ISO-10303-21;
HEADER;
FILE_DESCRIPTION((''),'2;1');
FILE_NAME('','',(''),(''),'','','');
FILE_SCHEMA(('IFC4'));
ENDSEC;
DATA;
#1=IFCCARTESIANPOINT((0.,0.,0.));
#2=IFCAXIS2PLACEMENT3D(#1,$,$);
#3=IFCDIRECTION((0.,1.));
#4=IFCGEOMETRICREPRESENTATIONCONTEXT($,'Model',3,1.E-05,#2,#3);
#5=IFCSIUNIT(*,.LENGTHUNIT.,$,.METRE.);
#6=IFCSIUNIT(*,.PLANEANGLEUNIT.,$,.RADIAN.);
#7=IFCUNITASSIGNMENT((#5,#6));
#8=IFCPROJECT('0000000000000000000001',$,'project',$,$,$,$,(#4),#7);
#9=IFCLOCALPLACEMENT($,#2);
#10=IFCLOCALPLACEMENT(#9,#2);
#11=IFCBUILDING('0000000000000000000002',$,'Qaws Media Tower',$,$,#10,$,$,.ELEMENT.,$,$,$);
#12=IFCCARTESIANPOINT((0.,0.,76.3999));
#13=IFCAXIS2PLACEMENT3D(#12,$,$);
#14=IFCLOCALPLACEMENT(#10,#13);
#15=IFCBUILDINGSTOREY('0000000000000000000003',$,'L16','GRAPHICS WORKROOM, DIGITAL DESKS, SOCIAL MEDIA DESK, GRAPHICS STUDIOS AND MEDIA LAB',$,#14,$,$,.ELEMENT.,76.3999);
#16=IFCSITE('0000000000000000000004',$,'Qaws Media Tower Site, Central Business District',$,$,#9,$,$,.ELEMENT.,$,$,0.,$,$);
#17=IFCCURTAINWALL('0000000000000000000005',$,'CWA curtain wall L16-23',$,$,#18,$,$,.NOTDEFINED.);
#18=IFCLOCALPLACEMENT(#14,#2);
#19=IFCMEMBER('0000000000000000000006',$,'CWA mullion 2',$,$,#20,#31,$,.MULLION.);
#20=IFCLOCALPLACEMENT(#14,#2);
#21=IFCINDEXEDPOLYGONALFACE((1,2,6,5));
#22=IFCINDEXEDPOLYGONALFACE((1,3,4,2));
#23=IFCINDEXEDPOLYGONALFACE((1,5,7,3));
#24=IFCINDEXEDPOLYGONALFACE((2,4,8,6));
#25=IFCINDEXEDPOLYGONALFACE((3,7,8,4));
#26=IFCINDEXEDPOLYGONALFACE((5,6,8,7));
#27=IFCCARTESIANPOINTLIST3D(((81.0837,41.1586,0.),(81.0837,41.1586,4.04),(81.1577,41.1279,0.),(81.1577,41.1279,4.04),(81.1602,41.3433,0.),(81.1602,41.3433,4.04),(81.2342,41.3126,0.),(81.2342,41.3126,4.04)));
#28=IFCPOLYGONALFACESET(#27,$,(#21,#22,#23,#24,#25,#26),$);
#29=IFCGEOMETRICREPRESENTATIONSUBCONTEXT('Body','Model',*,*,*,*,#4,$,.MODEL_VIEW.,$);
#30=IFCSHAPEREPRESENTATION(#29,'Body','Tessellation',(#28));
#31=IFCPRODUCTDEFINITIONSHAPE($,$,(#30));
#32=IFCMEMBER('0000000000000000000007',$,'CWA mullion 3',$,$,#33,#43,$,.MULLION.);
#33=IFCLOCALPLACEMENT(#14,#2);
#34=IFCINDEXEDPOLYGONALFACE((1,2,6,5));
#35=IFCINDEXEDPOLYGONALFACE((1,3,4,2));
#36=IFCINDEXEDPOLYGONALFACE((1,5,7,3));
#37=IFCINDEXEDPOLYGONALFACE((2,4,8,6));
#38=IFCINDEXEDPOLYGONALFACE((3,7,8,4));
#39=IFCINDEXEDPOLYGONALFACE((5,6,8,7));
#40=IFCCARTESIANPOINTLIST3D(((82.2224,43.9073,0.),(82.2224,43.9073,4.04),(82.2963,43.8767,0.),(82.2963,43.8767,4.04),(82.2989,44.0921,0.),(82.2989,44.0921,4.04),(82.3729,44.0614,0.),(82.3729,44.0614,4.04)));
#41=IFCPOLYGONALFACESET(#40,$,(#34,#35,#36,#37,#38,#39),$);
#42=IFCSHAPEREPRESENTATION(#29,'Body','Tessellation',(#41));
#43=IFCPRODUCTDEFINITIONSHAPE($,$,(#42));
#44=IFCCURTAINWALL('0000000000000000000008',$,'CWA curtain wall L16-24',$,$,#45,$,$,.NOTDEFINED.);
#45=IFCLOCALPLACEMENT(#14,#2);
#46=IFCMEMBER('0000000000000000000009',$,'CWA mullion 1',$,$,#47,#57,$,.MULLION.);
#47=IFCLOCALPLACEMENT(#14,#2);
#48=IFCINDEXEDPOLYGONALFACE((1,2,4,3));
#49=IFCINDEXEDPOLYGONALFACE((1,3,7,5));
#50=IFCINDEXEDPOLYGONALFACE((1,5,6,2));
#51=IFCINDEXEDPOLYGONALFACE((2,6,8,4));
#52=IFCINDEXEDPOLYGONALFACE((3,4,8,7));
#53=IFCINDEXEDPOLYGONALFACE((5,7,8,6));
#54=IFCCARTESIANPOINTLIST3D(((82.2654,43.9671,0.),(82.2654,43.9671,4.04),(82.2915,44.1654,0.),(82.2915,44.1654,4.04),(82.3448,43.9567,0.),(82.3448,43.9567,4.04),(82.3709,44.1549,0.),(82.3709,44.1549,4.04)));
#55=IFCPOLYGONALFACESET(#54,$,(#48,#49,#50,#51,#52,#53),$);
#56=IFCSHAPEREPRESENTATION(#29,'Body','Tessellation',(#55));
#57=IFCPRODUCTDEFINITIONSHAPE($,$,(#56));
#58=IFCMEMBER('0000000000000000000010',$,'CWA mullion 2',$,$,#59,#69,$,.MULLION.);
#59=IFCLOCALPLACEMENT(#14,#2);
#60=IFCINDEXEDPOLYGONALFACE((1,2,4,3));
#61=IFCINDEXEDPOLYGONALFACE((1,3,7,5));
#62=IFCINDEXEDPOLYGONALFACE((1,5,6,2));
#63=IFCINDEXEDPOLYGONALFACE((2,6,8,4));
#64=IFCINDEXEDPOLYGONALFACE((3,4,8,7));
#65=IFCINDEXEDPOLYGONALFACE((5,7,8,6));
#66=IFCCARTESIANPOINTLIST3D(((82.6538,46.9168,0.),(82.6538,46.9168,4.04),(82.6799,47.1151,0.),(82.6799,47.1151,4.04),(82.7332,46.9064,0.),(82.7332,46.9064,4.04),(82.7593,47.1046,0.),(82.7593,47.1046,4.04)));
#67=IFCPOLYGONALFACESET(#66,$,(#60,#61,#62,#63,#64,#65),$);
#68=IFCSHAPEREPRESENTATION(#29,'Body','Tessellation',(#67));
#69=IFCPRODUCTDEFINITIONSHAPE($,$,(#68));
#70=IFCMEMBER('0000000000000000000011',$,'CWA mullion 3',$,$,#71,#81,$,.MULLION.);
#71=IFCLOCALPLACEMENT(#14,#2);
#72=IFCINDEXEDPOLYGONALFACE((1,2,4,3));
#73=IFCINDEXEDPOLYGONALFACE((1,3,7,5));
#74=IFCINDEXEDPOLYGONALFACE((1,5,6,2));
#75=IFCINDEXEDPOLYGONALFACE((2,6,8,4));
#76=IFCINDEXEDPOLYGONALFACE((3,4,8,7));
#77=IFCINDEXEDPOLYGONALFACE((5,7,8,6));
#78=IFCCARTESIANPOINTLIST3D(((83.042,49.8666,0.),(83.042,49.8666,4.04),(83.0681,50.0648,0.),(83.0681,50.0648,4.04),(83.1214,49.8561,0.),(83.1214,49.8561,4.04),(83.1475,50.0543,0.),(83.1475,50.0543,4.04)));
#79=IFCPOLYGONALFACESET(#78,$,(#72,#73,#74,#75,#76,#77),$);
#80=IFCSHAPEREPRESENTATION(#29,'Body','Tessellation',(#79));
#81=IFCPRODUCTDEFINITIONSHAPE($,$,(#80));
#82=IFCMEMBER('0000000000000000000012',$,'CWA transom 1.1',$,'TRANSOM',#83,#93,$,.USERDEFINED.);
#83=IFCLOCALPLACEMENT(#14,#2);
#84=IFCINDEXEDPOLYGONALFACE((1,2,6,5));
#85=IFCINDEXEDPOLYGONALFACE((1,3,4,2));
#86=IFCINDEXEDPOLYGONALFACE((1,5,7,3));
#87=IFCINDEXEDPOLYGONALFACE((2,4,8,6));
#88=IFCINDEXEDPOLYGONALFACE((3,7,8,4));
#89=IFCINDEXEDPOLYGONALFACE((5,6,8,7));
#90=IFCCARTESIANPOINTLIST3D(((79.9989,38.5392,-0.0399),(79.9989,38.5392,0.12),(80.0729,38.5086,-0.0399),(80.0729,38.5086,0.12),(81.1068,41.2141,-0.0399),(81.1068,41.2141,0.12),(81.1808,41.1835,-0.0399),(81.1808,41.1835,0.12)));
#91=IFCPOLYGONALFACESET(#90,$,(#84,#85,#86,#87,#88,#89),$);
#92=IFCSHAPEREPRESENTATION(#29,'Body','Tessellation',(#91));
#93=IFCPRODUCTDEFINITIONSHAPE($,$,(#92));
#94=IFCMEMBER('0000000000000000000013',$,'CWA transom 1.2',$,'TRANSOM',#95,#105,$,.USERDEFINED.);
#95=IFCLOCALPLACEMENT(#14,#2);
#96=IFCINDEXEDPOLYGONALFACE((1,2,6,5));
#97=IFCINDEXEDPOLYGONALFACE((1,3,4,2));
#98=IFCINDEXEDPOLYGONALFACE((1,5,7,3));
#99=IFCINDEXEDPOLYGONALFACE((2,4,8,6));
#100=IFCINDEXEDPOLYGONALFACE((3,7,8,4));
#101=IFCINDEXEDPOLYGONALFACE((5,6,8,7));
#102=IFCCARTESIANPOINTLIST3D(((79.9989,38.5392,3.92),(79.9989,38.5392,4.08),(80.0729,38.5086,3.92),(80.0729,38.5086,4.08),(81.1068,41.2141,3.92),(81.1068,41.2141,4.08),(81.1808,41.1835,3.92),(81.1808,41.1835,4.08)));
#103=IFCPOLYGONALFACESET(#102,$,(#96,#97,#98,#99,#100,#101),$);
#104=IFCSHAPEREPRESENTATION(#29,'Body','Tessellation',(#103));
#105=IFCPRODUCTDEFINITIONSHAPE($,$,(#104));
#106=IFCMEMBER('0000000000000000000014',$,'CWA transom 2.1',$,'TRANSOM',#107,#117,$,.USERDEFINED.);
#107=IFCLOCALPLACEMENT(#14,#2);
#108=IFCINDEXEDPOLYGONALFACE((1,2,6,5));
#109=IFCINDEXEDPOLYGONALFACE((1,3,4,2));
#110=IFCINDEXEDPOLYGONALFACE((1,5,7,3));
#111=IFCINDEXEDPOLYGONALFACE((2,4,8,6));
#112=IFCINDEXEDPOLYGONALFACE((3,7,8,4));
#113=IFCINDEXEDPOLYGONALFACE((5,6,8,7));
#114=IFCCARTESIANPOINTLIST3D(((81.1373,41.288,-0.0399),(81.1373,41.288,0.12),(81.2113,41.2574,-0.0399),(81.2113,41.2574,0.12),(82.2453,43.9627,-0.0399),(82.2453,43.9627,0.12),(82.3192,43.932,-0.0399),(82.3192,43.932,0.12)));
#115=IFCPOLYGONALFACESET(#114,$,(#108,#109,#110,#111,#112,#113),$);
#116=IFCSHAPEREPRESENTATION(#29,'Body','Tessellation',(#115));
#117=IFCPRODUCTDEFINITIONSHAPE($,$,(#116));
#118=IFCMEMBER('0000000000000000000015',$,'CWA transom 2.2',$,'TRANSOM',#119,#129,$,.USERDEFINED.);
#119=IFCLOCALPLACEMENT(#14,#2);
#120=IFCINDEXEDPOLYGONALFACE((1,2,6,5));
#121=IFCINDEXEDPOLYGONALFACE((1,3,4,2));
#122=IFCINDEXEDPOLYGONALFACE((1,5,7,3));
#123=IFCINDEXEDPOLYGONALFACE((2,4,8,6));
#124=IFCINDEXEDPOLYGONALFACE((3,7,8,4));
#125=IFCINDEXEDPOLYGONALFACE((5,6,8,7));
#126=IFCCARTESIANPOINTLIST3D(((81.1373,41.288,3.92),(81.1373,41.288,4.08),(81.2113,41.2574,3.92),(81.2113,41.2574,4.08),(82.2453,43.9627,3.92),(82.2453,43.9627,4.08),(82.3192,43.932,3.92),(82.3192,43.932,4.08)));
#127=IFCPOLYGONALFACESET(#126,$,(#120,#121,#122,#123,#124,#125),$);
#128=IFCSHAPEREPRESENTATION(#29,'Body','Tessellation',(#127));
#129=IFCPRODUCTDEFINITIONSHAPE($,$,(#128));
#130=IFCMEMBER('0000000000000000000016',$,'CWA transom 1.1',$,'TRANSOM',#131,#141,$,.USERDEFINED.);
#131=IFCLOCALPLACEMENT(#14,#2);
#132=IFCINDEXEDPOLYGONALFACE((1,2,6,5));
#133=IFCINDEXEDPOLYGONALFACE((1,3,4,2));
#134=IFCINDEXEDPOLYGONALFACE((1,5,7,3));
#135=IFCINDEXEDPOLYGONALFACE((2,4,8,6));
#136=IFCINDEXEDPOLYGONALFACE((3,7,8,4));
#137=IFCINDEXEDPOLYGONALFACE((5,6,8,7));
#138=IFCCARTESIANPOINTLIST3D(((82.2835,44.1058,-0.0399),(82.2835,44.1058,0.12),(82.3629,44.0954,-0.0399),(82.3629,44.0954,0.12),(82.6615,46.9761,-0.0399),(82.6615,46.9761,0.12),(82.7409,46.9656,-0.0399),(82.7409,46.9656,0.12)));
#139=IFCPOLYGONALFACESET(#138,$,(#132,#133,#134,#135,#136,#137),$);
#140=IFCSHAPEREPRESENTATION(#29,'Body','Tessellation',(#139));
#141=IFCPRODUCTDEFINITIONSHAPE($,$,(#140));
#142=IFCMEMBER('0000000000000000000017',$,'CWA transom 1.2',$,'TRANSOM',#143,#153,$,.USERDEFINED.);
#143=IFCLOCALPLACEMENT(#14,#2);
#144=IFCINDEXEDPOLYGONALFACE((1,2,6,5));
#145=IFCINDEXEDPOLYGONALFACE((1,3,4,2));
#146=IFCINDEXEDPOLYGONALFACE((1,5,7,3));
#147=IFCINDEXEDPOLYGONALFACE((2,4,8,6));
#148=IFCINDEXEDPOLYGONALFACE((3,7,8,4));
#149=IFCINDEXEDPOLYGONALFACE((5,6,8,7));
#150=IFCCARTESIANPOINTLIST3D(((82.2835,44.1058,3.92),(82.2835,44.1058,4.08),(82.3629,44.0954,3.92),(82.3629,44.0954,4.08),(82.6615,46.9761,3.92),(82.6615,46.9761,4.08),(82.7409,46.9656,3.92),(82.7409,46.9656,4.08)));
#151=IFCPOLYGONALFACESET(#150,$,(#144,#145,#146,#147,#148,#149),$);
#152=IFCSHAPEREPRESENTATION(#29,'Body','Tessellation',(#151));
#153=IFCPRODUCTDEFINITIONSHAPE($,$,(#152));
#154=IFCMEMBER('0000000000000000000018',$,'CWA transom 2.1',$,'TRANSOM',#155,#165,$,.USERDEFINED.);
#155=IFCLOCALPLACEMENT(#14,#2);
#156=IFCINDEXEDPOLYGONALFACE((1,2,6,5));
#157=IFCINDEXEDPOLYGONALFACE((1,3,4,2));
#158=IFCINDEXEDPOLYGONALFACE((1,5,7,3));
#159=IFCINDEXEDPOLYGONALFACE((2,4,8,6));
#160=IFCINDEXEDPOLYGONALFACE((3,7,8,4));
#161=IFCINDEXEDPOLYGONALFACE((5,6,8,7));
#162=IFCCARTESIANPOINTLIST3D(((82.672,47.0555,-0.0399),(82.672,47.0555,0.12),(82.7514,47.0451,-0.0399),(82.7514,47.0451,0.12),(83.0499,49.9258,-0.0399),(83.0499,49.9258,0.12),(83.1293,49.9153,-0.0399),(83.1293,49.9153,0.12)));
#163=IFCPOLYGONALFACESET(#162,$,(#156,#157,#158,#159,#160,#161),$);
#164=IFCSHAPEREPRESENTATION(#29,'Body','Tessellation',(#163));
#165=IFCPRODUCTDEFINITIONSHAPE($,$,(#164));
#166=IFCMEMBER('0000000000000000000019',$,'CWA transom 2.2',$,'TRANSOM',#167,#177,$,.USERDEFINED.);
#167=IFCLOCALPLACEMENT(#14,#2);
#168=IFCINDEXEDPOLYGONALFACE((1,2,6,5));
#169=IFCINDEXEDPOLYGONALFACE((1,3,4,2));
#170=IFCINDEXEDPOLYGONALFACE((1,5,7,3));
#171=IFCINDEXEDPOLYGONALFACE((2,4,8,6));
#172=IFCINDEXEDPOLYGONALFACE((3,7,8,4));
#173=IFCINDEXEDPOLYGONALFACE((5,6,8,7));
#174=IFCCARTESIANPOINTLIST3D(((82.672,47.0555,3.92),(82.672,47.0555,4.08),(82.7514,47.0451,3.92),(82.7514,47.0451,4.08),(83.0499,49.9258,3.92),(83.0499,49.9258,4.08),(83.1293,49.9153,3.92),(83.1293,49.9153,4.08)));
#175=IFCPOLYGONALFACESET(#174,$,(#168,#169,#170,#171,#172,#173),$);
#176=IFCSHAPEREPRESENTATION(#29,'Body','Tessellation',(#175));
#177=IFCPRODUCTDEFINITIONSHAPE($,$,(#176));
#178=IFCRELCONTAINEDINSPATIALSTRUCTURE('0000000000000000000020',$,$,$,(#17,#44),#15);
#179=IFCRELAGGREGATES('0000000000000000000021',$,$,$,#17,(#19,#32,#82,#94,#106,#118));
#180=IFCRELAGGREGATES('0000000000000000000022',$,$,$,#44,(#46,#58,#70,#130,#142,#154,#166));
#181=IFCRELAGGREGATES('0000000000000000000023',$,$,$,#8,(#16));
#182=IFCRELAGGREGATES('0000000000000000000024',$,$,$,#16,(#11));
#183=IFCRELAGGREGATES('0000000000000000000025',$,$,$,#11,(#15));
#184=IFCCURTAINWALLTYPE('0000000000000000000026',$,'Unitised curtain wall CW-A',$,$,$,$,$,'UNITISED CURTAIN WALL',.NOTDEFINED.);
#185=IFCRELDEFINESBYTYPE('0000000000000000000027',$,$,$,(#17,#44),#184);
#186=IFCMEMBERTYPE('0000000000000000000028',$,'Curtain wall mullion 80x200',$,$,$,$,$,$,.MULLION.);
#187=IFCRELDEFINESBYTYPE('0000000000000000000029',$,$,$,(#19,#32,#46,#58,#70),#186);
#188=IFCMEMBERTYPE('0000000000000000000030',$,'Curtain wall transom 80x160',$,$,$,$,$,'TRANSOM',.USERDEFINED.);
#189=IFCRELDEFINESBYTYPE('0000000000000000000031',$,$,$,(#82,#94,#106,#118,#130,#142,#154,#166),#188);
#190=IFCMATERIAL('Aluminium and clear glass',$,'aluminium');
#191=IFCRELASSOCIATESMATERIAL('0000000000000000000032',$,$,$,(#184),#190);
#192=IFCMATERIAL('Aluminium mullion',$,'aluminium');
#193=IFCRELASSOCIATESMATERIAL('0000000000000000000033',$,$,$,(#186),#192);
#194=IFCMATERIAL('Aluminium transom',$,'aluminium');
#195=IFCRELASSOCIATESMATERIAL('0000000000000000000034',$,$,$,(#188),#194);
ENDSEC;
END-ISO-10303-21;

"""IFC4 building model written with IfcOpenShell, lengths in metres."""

from ifc_helpers import new_model, si_unit, direction, frame, origin, origin_2d, place, context, subcontext, project, spatial, rectangle, extrude, material, material_profile, profile_set, type_object, element, aggregate, save


model = new_model("IFC4")

# Units and contexts
model_context = context("Model", 3, precision=1e-05, world=origin(), true_north=direction((0.0, 1.0)))
body_context = subcontext(model_context, "Body", "Model", "MODEL_VIEW")
ifc_project = project(units=[si_unit("LENGTHUNIT", "METRE"), si_unit("PLANEANGLEUNIT", "RADIAN")], contexts=[model_context])

# Site, building, storey
site_placement = place(None, origin())
site = spatial("IfcSite", under=ifc_project, at=site_placement, Name="Qaws Media Tower Site, Central Business District", CompositionType="ELEMENT", RefElevation=0.0)
building_placement = place(site_placement, origin())
building = spatial("IfcBuilding", under=site, at=building_placement, Name="Qaws Media Tower", CompositionType="ELEMENT")
storey_placement = place(building_placement, frame((0.0, 0.0, 76.3999)))
storey = spatial("IfcBuildingStorey", under=building, at=storey_placement, Name="L16", Description="GRAPHICS WORKROOM, DIGITAL DESKS, SOCIAL MEDIA DESK, GRAPHICS STUDIOS AND MEDIA LAB", CompositionType="ELEMENT", Elevation=76.3999)

# Curtain walls, members
ifc_material_1 = material(Name="Aluminium and clear glass", Category="aluminium")
curtain_wall_type = type_object("IfcCurtainWallType", Name="Unitised curtain wall CW-A", ElementType="UNITISED CURTAIN WALL", PredefinedType="NOTDEFINED", material=ifc_material_1)
curtain_wall_1_placement = place(storey_placement, origin())
curtain_wall_1 = element("IfcCurtainWall", 1, at=curtain_wall_1_placement, inside=storey, type_object=curtain_wall_type, Name="CWA curtain wall L16-23", PredefinedType="NOTDEFINED")
ifc_material_2 = material(Name="Aluminium mullion", Category="aluminium")
ifc_material_profile_1 = material_profile(ifc_material_2, rectangle(XDim=0.0801, YDim=0.2, at=origin_2d()), Name="80x200")
ifc_profile_set_1 = profile_set([ifc_material_profile_1], Name="Aluminium mullion")
member_type_1 = type_object("IfcMemberType", Name="Curtain wall mullion 80x200", PredefinedType="MULLION", material=ifc_profile_set_1)
member_1_placement = place(storey_placement, frame((81.1589, 41.2356, 0.0), z_axis=(0.0, 0.0, 1.0), x_axis=(-0.92388, 0.382683, 0.0)))
member_1 = element("IfcMember", 2, at=member_1_placement, type_object=member_type_1, Name="CWA mullion 2", PredefinedType="MULLION", context=body_context, shape_type="SweptSolid", body=[
    extrude(rectangle(XDim=0.0801, YDim=0.2, at=origin_2d()), origin(), (0.0, 0.0, 1.0), 4.04),
])
member_2_placement = place(storey_placement, frame((82.2976, 43.9844, 0.0), z_axis=(0.0, 0.0, 1.0), x_axis=(-0.92388, 0.382683, 0.0)))
member_2 = element("IfcMember", 3, at=member_2_placement, type_object=member_type_1, Name="CWA mullion 3", PredefinedType="MULLION", context=body_context, shape_type="SweptSolid", body=[
    extrude(rectangle(XDim=0.0801, YDim=0.2, at=origin_2d()), origin(), (0.0, 0.0, 1.0), 4.04),
])
curtain_wall_2_placement = place(storey_placement, origin())
curtain_wall_2 = element("IfcCurtainWall", 4, at=curtain_wall_2_placement, inside=storey, type_object=curtain_wall_type, Name="CWA curtain wall L16-24", PredefinedType="NOTDEFINED")
member_3_placement = place(storey_placement, frame((82.3181, 44.061, 0.0), z_axis=(0.0, 0.0, 1.0), x_axis=(-0.991445, 0.130526, 0.0)))
member_3 = element("IfcMember", 5, at=member_3_placement, type_object=member_type_1, Name="CWA mullion 1", PredefinedType="MULLION", context=body_context, shape_type="SweptSolid", body=[
    extrude(rectangle(XDim=0.0801, YDim=0.2, at=origin_2d()), origin(), (0.0, 0.0, 1.0), 4.04),
])
member_4_placement = place(storey_placement, frame((82.7065, 47.0107, 0.0), z_axis=(0.0, 0.0, 1.0), x_axis=(-0.991445, 0.130526, 0.0)))
member_4 = element("IfcMember", 6, at=member_4_placement, type_object=member_type_1, Name="CWA mullion 2", PredefinedType="MULLION", context=body_context, shape_type="SweptSolid", body=[
    extrude(rectangle(XDim=0.0801, YDim=0.2, at=origin_2d()), origin(), (0.0, 0.0, 1.0), 4.04),
])
member_5_placement = place(storey_placement, frame((83.0947, 49.9604, 0.0), z_axis=(0.0, 0.0, 1.0), x_axis=(-0.991445, 0.130526, 0.0)))
member_5 = element("IfcMember", 7, at=member_5_placement, type_object=member_type_1, Name="CWA mullion 3", PredefinedType="MULLION", context=body_context, shape_type="SweptSolid", body=[
    extrude(rectangle(XDim=0.0801, YDim=0.2, at=origin_2d()), origin(), (0.0, 0.0, 1.0), 4.04),
])

# Members
ifc_material_3 = material(Name="Aluminium transom", Category="aluminium")
ifc_material_profile_2 = material_profile(ifc_material_3, rectangle(XDim=0.0801, YDim=0.1599, at=origin_2d()), Name="80x160")
ifc_profile_set_2 = profile_set([ifc_material_profile_2], Name="Aluminium transom")
member_type_2 = type_object("IfcMemberType", Name="Curtain wall transom 80x160", ElementType="TRANSOM", PredefinedType="USERDEFINED", material=ifc_profile_set_2)
member_6_placement = place(storey_placement, frame((80.0359, 38.5239, 0.04), z_axis=(0.382675, 0.923883, 0.0), x_axis=(-0.923883, 0.382675, 0.0)))
member_6 = element("IfcMember", 8, at=member_6_placement, type_object=member_type_2, Name="CWA transom 1.1", ObjectType="TRANSOM", PredefinedType="USERDEFINED", context=body_context, shape_type="SweptSolid", body=[
    extrude(rectangle(XDim=0.0801, YDim=0.1599, at=origin_2d()), origin(), (0.0, 0.0, 1.0), 2.8953),
])
member_7_placement = place(storey_placement, frame((80.0359, 38.5239, 4.0), z_axis=(0.382675, 0.923883, 0.0), x_axis=(-0.923883, 0.382675, 0.0)))
member_7 = element("IfcMember", 9, at=member_7_placement, type_object=member_type_2, Name="CWA transom 1.2", ObjectType="TRANSOM", PredefinedType="USERDEFINED", context=body_context, shape_type="SweptSolid", body=[
    extrude(rectangle(XDim=0.0801, YDim=0.1599, at=origin_2d()), origin(), (0.0, 0.0, 1.0), 2.8953),
])
member_8_placement = place(storey_placement, frame((81.1743, 41.2727, 0.04), z_axis=(0.382704, 0.923871, 0.0), x_axis=(-0.923871, 0.382704, 0.0)))
member_8 = element("IfcMember", 10, at=member_8_placement, type_object=member_type_2, Name="CWA transom 2.1", ObjectType="TRANSOM", PredefinedType="USERDEFINED", context=body_context, shape_type="SweptSolid", body=[
    extrude(rectangle(XDim=0.0801, YDim=0.1599, at=origin_2d()), origin(), (0.0, 0.0, 1.0), 2.895),
])
member_9_placement = place(storey_placement, frame((81.1743, 41.2727, 4.0), z_axis=(0.382704, 0.923871, 0.0), x_axis=(-0.923871, 0.382704, 0.0)))
member_9 = element("IfcMember", 11, at=member_9_placement, type_object=member_type_2, Name="CWA transom 2.2", ObjectType="TRANSOM", PredefinedType="USERDEFINED", context=body_context, shape_type="SweptSolid", body=[
    extrude(rectangle(XDim=0.0801, YDim=0.1599, at=origin_2d()), origin(), (0.0, 0.0, 1.0), 2.895),
])
member_10_placement = place(storey_placement, frame((82.3232, 44.1006, 0.04), z_axis=(0.13054, 0.991443, 0.0), x_axis=(-0.991443, 0.13054, 0.0)))
member_10 = element("IfcMember", 12, at=member_10_placement, type_object=member_type_2, Name="CWA transom 1.1", ObjectType="TRANSOM", PredefinedType="USERDEFINED", context=body_context, shape_type="SweptSolid", body=[
    extrude(rectangle(XDim=0.0801, YDim=0.1599, at=origin_2d()), origin(), (0.0, 0.0, 1.0), 2.895),
])
member_11_placement = place(storey_placement, frame((82.3232, 44.1006, 4.0), z_axis=(0.13054, 0.991443, 0.0), x_axis=(-0.991443, 0.13054, 0.0)))
member_11 = element("IfcMember", 13, at=member_11_placement, type_object=member_type_2, Name="CWA transom 1.2", ObjectType="TRANSOM", PredefinedType="USERDEFINED", context=body_context, shape_type="SweptSolid", body=[
    extrude(rectangle(XDim=0.0801, YDim=0.1599, at=origin_2d()), origin(), (0.0, 0.0, 1.0), 2.895),
])
member_12_placement = place(storey_placement, frame((82.7117, 47.0503, 0.04), z_axis=(0.13054, 0.991443, 0.0), x_axis=(-0.991443, 0.13054, 0.0)))
member_12 = element("IfcMember", 14, at=member_12_placement, type_object=member_type_2, Name="CWA transom 2.1", ObjectType="TRANSOM", PredefinedType="USERDEFINED", context=body_context, shape_type="SweptSolid", body=[
    extrude(rectangle(XDim=0.0801, YDim=0.1599, at=origin_2d()), origin(), (0.0, 0.0, 1.0), 2.895),
])
member_13_placement = place(storey_placement, frame((82.7117, 47.0503, 4.0), z_axis=(0.13054, 0.991443, 0.0), x_axis=(-0.991443, 0.13054, 0.0)))
member_13 = element("IfcMember", 15, at=member_13_placement, type_object=member_type_2, Name="CWA transom 2.2", ObjectType="TRANSOM", PredefinedType="USERDEFINED", context=body_context, shape_type="SweptSolid", body=[
    extrude(rectangle(XDim=0.0801, YDim=0.1599, at=origin_2d()), origin(), (0.0, 0.0, 1.0), 2.895),
])

aggregate(curtain_wall_1, [member_1, member_2, member_6, member_7, member_8, member_9])
aggregate(curtain_wall_2, [member_3, member_4, member_5, member_10, member_11, member_12, member_13])

save(model, "model.ifc")
